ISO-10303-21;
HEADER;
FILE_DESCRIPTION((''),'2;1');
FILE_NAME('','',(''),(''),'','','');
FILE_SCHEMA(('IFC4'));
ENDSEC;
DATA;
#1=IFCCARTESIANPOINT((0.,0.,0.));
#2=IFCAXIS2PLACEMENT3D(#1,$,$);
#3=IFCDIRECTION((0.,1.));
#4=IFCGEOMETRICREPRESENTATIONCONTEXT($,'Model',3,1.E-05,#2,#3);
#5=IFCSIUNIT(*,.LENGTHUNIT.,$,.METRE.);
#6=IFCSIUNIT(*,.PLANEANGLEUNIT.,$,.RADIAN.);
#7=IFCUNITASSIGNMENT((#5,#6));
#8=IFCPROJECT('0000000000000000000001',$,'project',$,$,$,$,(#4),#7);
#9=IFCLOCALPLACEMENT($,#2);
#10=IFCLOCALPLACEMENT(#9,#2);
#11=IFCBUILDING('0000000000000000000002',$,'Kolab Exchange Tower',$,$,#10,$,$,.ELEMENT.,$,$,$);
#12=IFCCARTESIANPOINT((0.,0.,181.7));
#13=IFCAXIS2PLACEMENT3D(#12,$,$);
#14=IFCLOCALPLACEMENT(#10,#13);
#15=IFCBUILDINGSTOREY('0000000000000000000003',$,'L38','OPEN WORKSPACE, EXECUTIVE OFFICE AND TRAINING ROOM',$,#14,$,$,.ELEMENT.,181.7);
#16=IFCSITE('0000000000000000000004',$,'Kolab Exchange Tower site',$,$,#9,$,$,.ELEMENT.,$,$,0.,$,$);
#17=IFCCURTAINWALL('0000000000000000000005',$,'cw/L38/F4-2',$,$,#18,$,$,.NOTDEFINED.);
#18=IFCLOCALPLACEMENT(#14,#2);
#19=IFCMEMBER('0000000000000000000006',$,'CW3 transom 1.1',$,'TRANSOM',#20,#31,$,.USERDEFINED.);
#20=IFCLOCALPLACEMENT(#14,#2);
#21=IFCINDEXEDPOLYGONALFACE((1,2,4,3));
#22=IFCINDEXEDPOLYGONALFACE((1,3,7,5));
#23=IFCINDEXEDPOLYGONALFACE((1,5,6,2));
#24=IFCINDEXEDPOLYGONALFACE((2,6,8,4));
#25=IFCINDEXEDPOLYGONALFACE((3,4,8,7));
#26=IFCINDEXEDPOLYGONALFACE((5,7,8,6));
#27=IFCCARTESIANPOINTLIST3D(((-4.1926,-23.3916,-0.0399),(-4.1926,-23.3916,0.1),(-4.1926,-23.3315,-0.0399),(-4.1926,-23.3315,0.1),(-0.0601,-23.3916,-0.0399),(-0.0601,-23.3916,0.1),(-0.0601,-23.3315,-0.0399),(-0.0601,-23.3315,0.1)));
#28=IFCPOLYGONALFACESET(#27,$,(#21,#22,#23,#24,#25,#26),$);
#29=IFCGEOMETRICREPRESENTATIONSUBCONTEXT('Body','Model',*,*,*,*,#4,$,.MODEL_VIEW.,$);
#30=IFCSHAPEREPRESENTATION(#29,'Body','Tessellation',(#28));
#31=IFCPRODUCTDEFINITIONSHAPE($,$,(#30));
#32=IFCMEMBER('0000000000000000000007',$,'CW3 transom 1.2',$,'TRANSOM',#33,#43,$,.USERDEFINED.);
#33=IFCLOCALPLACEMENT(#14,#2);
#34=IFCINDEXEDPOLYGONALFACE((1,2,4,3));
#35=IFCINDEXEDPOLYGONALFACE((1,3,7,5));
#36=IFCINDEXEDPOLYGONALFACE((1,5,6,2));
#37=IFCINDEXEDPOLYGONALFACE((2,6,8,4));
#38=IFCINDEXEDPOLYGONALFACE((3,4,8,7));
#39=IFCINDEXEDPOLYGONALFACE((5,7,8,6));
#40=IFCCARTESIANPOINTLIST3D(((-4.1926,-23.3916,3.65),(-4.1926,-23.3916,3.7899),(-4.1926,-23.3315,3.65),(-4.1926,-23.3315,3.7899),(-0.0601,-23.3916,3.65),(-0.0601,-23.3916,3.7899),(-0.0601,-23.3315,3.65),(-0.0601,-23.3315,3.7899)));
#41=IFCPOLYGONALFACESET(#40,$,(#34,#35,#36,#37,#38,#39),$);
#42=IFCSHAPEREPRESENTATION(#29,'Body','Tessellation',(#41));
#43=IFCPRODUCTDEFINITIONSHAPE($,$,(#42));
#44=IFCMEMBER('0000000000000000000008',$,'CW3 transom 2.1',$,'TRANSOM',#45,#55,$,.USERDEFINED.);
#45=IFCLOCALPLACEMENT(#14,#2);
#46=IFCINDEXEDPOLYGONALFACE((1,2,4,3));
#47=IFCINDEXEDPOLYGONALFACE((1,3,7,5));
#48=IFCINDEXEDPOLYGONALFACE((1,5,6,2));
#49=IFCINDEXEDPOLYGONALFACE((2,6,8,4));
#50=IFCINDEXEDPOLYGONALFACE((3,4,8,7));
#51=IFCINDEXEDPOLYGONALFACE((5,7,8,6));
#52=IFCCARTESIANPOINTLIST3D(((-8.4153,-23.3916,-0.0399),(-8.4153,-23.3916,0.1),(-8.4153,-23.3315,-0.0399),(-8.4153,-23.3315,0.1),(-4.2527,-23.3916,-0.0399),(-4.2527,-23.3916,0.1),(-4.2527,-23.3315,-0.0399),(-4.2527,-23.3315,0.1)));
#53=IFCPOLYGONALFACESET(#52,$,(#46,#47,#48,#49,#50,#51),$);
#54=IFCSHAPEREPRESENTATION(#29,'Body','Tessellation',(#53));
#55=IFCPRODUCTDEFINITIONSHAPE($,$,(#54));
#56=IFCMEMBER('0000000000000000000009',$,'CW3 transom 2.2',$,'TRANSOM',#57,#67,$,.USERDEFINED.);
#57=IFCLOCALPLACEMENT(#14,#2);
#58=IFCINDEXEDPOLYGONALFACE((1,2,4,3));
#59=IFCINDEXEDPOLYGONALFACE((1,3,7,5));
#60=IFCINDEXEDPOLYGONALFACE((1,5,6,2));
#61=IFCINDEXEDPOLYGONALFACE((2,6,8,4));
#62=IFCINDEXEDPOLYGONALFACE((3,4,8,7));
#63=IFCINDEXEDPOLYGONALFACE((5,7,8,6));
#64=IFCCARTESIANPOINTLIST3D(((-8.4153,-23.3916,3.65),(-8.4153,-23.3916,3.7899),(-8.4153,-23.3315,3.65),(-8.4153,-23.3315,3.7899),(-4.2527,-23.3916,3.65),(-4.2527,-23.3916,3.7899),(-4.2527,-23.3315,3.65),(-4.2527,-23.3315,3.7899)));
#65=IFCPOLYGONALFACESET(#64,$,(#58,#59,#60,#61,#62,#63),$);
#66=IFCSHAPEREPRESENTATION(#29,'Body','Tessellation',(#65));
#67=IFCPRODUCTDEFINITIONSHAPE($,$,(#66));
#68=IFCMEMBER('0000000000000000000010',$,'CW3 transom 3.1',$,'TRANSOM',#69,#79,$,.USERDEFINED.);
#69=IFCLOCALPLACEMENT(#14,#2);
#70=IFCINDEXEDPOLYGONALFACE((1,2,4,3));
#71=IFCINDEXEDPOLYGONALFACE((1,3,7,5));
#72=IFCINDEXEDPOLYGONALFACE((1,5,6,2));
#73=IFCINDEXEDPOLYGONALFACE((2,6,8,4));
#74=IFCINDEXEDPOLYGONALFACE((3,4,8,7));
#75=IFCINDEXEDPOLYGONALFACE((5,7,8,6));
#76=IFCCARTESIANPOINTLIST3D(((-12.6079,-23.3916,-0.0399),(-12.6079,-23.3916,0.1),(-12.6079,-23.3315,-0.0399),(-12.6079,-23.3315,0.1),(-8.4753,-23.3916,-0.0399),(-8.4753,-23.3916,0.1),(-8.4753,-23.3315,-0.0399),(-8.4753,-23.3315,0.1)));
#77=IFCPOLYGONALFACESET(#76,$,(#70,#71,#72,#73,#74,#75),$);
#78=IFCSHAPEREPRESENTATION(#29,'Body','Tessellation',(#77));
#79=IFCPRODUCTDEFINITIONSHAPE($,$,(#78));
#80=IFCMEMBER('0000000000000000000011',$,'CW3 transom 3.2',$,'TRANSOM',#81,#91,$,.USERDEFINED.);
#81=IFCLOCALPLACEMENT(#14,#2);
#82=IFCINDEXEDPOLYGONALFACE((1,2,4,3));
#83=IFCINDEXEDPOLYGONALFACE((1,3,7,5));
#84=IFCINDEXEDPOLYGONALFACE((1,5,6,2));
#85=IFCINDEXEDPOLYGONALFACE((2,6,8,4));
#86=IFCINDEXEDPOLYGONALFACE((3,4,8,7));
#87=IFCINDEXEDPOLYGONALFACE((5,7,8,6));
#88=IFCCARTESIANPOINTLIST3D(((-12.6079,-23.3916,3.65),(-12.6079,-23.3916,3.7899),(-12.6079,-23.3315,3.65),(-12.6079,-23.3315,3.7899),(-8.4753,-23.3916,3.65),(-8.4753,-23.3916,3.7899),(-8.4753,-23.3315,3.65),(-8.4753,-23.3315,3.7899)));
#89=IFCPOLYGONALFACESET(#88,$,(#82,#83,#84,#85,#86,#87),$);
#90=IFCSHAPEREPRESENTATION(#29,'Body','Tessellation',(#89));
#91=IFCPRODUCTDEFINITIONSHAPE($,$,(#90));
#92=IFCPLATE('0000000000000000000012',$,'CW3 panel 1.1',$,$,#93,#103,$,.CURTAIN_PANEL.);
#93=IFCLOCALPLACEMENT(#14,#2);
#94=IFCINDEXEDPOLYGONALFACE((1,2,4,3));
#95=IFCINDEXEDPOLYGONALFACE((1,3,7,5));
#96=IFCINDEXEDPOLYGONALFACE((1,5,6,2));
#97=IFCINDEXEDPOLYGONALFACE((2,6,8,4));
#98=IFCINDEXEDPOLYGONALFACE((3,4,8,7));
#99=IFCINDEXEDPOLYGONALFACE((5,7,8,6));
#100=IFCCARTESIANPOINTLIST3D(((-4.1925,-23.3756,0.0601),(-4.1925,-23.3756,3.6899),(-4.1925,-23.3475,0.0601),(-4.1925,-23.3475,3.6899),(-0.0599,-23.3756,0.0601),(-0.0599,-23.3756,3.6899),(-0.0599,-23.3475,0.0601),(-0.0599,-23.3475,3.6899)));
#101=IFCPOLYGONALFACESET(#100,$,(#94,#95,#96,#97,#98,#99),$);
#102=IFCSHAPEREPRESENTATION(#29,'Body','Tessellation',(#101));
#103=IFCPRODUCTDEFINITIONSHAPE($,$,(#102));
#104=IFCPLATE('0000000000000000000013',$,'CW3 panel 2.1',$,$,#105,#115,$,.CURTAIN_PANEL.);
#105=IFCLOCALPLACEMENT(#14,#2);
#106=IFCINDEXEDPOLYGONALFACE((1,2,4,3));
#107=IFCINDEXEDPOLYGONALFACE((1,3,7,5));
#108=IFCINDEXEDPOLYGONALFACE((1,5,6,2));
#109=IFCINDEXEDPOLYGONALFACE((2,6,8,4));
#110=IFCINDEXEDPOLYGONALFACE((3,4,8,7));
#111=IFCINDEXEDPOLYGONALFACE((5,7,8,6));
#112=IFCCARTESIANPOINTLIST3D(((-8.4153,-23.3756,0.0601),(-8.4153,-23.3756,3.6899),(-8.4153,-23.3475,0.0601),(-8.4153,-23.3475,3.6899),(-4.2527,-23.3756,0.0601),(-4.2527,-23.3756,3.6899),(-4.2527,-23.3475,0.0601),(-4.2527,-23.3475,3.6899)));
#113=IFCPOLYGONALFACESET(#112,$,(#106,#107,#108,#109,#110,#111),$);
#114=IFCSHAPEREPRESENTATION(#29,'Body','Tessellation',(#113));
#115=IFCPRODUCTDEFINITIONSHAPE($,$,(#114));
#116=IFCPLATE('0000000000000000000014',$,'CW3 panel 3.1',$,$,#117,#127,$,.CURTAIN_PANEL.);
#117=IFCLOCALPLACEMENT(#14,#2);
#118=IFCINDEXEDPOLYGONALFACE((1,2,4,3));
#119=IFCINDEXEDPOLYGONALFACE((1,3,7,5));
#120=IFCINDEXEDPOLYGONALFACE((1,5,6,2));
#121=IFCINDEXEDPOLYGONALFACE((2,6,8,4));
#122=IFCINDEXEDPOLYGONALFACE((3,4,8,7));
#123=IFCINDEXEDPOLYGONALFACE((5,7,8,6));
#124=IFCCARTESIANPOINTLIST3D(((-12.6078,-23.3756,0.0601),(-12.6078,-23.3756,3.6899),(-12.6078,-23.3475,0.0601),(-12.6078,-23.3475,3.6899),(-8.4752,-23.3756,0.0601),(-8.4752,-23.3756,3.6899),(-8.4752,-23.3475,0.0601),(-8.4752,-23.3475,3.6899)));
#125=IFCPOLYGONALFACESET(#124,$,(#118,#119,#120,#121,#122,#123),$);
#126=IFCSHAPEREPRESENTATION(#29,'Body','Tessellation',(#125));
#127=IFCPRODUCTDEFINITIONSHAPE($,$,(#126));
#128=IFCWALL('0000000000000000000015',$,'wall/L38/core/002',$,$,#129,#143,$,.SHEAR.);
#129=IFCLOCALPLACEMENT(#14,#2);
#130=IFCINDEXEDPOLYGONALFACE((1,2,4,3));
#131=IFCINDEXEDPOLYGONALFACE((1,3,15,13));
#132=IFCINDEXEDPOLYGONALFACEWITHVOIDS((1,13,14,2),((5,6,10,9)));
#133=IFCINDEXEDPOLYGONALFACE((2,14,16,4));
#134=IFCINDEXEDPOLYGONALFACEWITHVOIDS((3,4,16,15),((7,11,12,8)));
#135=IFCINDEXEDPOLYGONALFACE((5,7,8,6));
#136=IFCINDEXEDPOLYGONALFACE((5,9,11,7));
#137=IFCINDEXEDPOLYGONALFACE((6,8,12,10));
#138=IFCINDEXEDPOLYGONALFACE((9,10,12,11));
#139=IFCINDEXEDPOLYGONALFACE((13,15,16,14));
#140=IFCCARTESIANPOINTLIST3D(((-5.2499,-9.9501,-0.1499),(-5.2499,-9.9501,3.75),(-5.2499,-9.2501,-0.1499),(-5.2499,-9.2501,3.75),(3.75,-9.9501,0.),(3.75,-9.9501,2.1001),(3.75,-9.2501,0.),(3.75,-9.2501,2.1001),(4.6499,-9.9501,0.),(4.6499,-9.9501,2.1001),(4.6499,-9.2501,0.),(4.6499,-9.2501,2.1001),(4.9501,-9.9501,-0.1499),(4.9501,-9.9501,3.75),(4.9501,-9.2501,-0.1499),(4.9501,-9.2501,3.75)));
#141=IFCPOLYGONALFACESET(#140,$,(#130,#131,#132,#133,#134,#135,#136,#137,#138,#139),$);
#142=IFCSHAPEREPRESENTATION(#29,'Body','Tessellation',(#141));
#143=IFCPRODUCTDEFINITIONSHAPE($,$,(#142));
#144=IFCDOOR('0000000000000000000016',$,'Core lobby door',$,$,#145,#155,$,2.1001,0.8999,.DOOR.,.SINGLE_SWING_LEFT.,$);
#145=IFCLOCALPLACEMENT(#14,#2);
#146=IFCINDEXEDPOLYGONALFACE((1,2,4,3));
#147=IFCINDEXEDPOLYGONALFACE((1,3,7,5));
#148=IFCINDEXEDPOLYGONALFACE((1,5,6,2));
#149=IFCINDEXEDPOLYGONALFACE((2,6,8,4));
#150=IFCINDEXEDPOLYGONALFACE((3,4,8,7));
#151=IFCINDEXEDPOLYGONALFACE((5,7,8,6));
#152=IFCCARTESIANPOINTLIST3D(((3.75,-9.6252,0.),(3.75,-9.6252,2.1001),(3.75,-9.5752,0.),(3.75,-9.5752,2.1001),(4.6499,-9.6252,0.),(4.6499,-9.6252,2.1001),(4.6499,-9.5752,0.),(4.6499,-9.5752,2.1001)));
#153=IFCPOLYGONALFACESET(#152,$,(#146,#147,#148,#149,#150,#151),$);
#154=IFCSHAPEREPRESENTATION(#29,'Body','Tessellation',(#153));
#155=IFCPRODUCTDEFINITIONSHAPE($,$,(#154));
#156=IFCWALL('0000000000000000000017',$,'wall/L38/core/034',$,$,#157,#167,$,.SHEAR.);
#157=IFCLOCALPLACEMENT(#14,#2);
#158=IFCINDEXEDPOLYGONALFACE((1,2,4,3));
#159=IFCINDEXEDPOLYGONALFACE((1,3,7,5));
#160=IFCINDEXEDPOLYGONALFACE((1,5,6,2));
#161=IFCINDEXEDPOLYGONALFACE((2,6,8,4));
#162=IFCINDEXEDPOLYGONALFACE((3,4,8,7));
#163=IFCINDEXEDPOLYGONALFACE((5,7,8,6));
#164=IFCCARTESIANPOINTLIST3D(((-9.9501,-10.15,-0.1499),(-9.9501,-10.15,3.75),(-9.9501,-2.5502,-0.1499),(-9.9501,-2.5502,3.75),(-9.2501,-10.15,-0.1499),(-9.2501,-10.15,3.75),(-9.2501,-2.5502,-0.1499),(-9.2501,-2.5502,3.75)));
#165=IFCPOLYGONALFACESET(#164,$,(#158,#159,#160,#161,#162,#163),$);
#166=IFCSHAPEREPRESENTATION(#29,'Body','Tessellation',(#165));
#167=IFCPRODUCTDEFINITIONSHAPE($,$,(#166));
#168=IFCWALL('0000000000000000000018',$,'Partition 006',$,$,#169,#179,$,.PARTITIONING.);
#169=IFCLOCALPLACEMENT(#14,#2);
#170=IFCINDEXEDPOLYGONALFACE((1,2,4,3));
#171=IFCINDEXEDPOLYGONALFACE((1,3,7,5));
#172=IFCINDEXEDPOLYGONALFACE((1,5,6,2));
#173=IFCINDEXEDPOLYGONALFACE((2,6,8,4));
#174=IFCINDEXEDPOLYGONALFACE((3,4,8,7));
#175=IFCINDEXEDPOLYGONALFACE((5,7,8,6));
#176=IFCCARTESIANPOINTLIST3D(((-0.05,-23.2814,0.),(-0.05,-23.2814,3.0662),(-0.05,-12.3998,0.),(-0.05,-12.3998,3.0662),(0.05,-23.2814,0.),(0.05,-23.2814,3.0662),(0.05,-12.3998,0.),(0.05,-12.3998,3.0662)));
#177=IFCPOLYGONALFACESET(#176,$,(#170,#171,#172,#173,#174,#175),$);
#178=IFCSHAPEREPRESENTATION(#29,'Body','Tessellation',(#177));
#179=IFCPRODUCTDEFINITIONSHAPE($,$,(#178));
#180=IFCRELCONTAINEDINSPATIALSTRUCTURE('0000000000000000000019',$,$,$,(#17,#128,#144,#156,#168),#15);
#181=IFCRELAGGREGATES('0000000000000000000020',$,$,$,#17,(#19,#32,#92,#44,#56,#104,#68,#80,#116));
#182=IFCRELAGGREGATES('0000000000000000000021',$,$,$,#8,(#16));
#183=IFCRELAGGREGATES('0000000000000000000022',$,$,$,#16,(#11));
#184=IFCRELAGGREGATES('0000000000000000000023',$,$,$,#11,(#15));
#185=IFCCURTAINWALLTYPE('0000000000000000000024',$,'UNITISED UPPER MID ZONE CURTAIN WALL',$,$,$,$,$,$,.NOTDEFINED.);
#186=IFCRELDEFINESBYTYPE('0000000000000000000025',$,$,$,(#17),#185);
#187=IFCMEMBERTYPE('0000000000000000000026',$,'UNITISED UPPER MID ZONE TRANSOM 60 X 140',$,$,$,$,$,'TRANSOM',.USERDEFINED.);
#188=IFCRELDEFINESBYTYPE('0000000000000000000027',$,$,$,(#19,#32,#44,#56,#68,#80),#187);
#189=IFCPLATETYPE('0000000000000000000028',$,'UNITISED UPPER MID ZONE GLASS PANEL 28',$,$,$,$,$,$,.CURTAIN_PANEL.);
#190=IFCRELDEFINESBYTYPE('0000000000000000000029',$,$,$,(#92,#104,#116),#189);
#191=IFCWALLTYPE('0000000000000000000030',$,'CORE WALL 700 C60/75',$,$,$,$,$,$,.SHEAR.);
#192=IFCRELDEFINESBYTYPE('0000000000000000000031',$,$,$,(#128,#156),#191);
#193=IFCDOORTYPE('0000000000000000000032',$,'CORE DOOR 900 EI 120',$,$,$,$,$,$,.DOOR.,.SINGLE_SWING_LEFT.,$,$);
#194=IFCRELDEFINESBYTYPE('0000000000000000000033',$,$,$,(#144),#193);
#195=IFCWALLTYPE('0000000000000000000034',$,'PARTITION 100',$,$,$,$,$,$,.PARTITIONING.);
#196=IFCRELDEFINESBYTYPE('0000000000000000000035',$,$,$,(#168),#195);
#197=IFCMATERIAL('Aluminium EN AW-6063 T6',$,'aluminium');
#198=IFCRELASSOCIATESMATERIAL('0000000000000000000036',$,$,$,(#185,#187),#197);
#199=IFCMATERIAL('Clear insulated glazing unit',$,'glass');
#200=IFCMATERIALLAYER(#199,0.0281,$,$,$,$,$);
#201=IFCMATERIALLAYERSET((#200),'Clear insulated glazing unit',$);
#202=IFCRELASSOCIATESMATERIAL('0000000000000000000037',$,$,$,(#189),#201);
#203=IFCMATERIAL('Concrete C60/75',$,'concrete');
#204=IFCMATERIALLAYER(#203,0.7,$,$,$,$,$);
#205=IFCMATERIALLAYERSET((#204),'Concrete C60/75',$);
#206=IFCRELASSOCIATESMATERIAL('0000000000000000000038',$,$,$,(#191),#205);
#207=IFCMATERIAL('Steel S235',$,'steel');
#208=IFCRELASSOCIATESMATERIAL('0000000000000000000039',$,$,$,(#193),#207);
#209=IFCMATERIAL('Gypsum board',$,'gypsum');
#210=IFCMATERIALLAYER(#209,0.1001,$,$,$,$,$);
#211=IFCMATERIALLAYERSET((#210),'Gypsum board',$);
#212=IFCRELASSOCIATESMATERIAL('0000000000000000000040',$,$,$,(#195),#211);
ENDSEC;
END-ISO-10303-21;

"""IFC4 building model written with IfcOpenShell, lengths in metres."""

from ifc_helpers import new_model, si_unit, direction, frame, frame_2d, origin, origin_2d, place, context, subcontext, project, spatial, rectangle, extrude, material, layer, layer_set, material_profile, profile_set, type_object, element, fill, aggregate, save


model = new_model("IFC4")

# Units and contexts
model_context = context("Model", 3, precision=1e-05, world=origin(), true_north=direction((0.0, 1.0)))
body_context = subcontext(model_context, "Body", "Model", "MODEL_VIEW")
ifc_project = project(units=[si_unit("LENGTHUNIT", "METRE"), si_unit("PLANEANGLEUNIT", "RADIAN")], contexts=[model_context])

# Site, building, storey
site_placement = place(None, origin())
site = spatial("IfcSite", under=ifc_project, at=site_placement, Name="Kolab Exchange Tower site", CompositionType="ELEMENT", RefElevation=0.0)
building_placement = place(site_placement, origin())
building = spatial("IfcBuilding", under=site, at=building_placement, Name="Kolab Exchange Tower", CompositionType="ELEMENT")
storey_placement = place(building_placement, frame((0.0, 0.0, 181.7)))
storey = spatial("IfcBuildingStorey", under=building, at=storey_placement, Name="L38", Description="OPEN WORKSPACE, EXECUTIVE OFFICE AND TRAINING ROOM", CompositionType="ELEMENT", Elevation=181.7)

# Shared definitions
ifc_material_1 = material(Name="Concrete C60/75", Category="concrete")

# Curtain wall, members, plates
ifc_material_2 = material(Name="Aluminium EN AW-6063 T6", Category="aluminium")
curtain_wall_type = type_object("IfcCurtainWallType", Name="UNITISED UPPER MID ZONE CURTAIN WALL", PredefinedType="NOTDEFINED", material=ifc_material_2)
curtain_wall_placement = place(storey_placement, origin())
curtain_wall = element("IfcCurtainWall", 1, at=curtain_wall_placement, inside=storey, type_object=curtain_wall_type, Name="cw/L38/F4-2", PredefinedType="NOTDEFINED")
ifc_material_profile_1 = material_profile(ifc_material_2, rectangle(XDim=0.0601, YDim=0.1399, at=origin_2d()), Name="RECT 60X140")
ifc_profile_set_1 = profile_set([ifc_material_profile_1], Name="Aluminium EN AW-6063 T6")
member_type_1 = type_object("IfcMemberType", Name="UNITISED UPPER MID ZONE TRANSOM 60 X 140", ElementType="TRANSOM", PredefinedType="USERDEFINED", material=ifc_profile_set_1)
member_1_placement = place(storey_placement, frame((-0.0601, -23.3616, 0.03), z_axis=(-1.0, 0.0, 0.0), x_axis=(0.0, -1.0, 0.0)))
member_1 = element("IfcMember", 2, at=member_1_placement, type_object=member_type_1, Name="CW3 transom 1.1", ObjectType="TRANSOM", PredefinedType="USERDEFINED", context=body_context, shape_type="SweptSolid", body=[
    extrude(rectangle(XDim=0.0601, YDim=0.1399, at=origin_2d()), origin(), (0.0, 0.0, 1.0), 4.1326),
])
member_2_placement = place(storey_placement, frame((-0.0601, -23.3616, 3.72), z_axis=(-1.0, 0.0, 0.0), x_axis=(0.0, -1.0, 0.0)))
member_2 = element("IfcMember", 3, at=member_2_placement, type_object=member_type_1, Name="CW3 transom 1.2", ObjectType="TRANSOM", PredefinedType="USERDEFINED", context=body_context, shape_type="SweptSolid", body=[
    extrude(rectangle(XDim=0.0601, YDim=0.1399, at=origin_2d()), origin(), (0.0, 0.0, 1.0), 4.1326),
])
member_3_placement = place(storey_placement, frame((-4.2527, -23.3616, 0.03), z_axis=(-1.0, 0.0, 0.0), x_axis=(0.0, -1.0, 0.0)))
member_3 = element("IfcMember", 4, at=member_3_placement, type_object=member_type_1, Name="CW3 transom 2.1", ObjectType="TRANSOM", PredefinedType="USERDEFINED", context=body_context, shape_type="SweptSolid", body=[
    extrude(rectangle(XDim=0.0601, YDim=0.1399, at=origin_2d()), origin(), (0.0, 0.0, 1.0), 4.1626),
])
member_4_placement = place(storey_placement, frame((-4.2527, -23.3616, 3.72), z_axis=(-1.0, 0.0, 0.0), x_axis=(0.0, -1.0, 0.0)))
member_4 = element("IfcMember", 5, at=member_4_placement, type_object=member_type_1, Name="CW3 transom 2.2", ObjectType="TRANSOM", PredefinedType="USERDEFINED", context=body_context, shape_type="SweptSolid", body=[
    extrude(rectangle(XDim=0.0601, YDim=0.1399, at=origin_2d()), origin(), (0.0, 0.0, 1.0), 4.1626),
])
member_5_placement = place(storey_placement, frame((-8.4753, -23.3616, 0.03), z_axis=(-1.0, 0.0, 0.0), x_axis=(0.0, -1.0, 0.0)))
member_5 = element("IfcMember", 6, at=member_5_placement, type_object=member_type_1, Name="CW3 transom 3.1", ObjectType="TRANSOM", PredefinedType="USERDEFINED", context=body_context, shape_type="SweptSolid", body=[
    extrude(rectangle(XDim=0.0601, YDim=0.1399, at=origin_2d()), origin(), (0.0, 0.0, 1.0), 4.1326),
])
member_6_placement = place(storey_placement, frame((-8.4753, -23.3616, 3.72), z_axis=(-1.0, 0.0, 0.0), x_axis=(0.0, -1.0, 0.0)))
member_6 = element("IfcMember", 7, at=member_6_placement, type_object=member_type_1, Name="CW3 transom 3.2", ObjectType="TRANSOM", PredefinedType="USERDEFINED", context=body_context, shape_type="SweptSolid", body=[
    extrude(rectangle(XDim=0.0601, YDim=0.1399, at=origin_2d()), origin(), (0.0, 0.0, 1.0), 4.1326),
])
ifc_material_3 = material(Name="Clear insulated glazing unit", Category="glass")
ifc_layer_1 = layer(ifc_material_3, 0.0281)
ifc_layer_set_1 = layer_set([ifc_layer_1], Name="Clear insulated glazing unit")
plate_type = type_object("IfcPlateType", Name="UNITISED UPPER MID ZONE GLASS PANEL 28", PredefinedType="CURTAIN_PANEL", material=ifc_layer_set_1)
plate_1_placement = place(storey_placement, frame((-2.1262, -23.3616, 0.0601), z_axis=(0.0, 0.0, 1.0), x_axis=(-1.0, 0.0, 0.0)))
plate_1 = element("IfcPlate", 8, at=plate_1_placement, type_object=plate_type, Name="CW3 panel 1.1", PredefinedType="CURTAIN_PANEL", context=body_context, shape_type="SweptSolid", body=[
    extrude(rectangle(XDim=4.1326, YDim=0.0281, at=origin_2d()), origin(), (0.0, 0.0, 1.0), 3.6299),
])
plate_2_placement = place(storey_placement, frame((-6.334, -23.3616, 0.0601), z_axis=(0.0, 0.0, 1.0), x_axis=(-1.0, 0.0, 0.0)))
plate_2 = element("IfcPlate", 9, at=plate_2_placement, type_object=plate_type, Name="CW3 panel 2.1", PredefinedType="CURTAIN_PANEL", context=body_context, shape_type="SweptSolid", body=[
    extrude(rectangle(XDim=4.1626, YDim=0.0281, at=origin_2d()), origin(), (0.0, 0.0, 1.0), 3.6299),
])
plate_3_placement = place(storey_placement, frame((-10.5415, -23.3616, 0.0601), z_axis=(0.0, 0.0, 1.0), x_axis=(-1.0, 0.0, 0.0)))
plate_3 = element("IfcPlate", 10, at=plate_3_placement, type_object=plate_type, Name="CW3 panel 3.1", PredefinedType="CURTAIN_PANEL", context=body_context, shape_type="SweptSolid", body=[
    extrude(rectangle(XDim=4.1326, YDim=0.0281, at=origin_2d()), origin(), (0.0, 0.0, 1.0), 3.6299),
])
aggregate(curtain_wall, [member_1, member_2, plate_1, member_3, member_4, plate_2, member_5, member_6, plate_3])

# Wall, opening, door
ifc_layer_2 = layer(ifc_material_1, 0.7)
ifc_layer_set_2 = layer_set([ifc_layer_2], Name="Concrete C60/75")
wall_type_1 = type_object("IfcWallType", Name="CORE WALL 700 C60/75", PredefinedType="SHEAR", material=ifc_layer_set_2)
wall_1_placement = place(storey_placement, frame((-5.25, -9.6001, -0.1499), z_axis=(0.0, 0.0, 1.0), x_axis=(1.0, 0.0, 0.0)))
wall_1 = element("IfcWall", 11, at=wall_1_placement, inside=storey, type_object=wall_type_1, Name="wall/L38/core/002", PredefinedType="SHEAR", context=body_context, shape_type="SweptSolid", body=[
    extrude(rectangle(XDim=10.2, YDim=0.7, at=frame_2d((5.1001, 0.0))), origin(), (0.0, 0.0, 1.0), 3.8999),
])
opening_1_placement = place(wall_1_placement, frame((9.0, 0.0, 0.1499)))
opening_1 = element("IfcOpeningElement", 12, at=opening_1_placement, cuts=wall_1, PredefinedType="OPENING", context=body_context, shape_type="SweptSolid", body=[
    extrude(rectangle(XDim=0.8999, YDim=2.1001, at=frame_2d((0.45, 1.05))), frame((0.0, 0.3599, 0.0), z_axis=(0.0, -1.0, 0.0), x_axis=(1.0, 0.0, 0.0)), (0.0, 0.0, 1.0), 0.72),
])
ifc_material_4 = material(Name="Steel S235", Category="steel")
door_type_1 = type_object("IfcDoorType", Name="CORE DOOR 900 EI 120", OperationType="SINGLE_SWING_LEFT", PredefinedType="DOOR", material=ifc_material_4)
door_1_placement = place(opening_1_placement, origin())
door_1 = element("IfcDoor", 13, at=door_1_placement, inside=storey, type_object=door_type_1, Name="Core lobby door", OperationType="SINGLE_SWING_LEFT", OverallHeight=2.1001, OverallWidth=0.8999, PredefinedType="DOOR", context=body_context, shape_type="SweptSolid", body=[
    extrude(rectangle(XDim=0.8999, YDim=2.1001, at=frame_2d((0.45, 1.05))), frame((0.0, 0.0249, 0.0), z_axis=(0.0, -1.0, 0.0), x_axis=(1.0, 0.0, 0.0)), (0.0, 0.0, 1.0), 0.05),
])
fill(opening_1, door_1)

# Walls
wall_2_placement = place(storey_placement, frame((-9.6001, -10.1499, -0.1499), z_axis=(0.0, 0.0, 1.0), x_axis=(0.0, 1.0, 0.0)))
element("IfcWall", 14, at=wall_2_placement, inside=storey, type_object=wall_type_1, Name="wall/L38/core/034", PredefinedType="SHEAR", context=body_context, shape_type="SweptSolid", body=[
    extrude(rectangle(XDim=7.5999, YDim=0.7, at=frame_2d((3.7998, 0.0))), origin(), (0.0, 0.0, 1.0), 3.8999),
])
ifc_material_5 = material(Name="Gypsum board", Category="gypsum")
ifc_layer_3 = layer(ifc_material_5, 0.1001)
ifc_layer_set_3 = layer_set([ifc_layer_3], Name="Gypsum board")
wall_type_2 = type_object("IfcWallType", Name="PARTITION 100", PredefinedType="PARTITIONING", material=ifc_layer_set_3)
wall_3_placement = place(storey_placement, frame((0.0, -23.2815, 0.0), z_axis=(0.0, 0.0, 1.0), x_axis=(0.0, 1.0, 0.0)))
element("IfcWall", 15, at=wall_3_placement, inside=storey, type_object=wall_type_2, Name="Partition 006", PredefinedType="PARTITIONING", context=body_context, shape_type="SweptSolid", body=[
    extrude(rectangle(XDim=10.8816, YDim=0.1001, at=frame_2d((5.4409, 0.0))), origin(), (0.0, 0.0, 1.0), 3.0662),
])

save(model, "model.ifc")
